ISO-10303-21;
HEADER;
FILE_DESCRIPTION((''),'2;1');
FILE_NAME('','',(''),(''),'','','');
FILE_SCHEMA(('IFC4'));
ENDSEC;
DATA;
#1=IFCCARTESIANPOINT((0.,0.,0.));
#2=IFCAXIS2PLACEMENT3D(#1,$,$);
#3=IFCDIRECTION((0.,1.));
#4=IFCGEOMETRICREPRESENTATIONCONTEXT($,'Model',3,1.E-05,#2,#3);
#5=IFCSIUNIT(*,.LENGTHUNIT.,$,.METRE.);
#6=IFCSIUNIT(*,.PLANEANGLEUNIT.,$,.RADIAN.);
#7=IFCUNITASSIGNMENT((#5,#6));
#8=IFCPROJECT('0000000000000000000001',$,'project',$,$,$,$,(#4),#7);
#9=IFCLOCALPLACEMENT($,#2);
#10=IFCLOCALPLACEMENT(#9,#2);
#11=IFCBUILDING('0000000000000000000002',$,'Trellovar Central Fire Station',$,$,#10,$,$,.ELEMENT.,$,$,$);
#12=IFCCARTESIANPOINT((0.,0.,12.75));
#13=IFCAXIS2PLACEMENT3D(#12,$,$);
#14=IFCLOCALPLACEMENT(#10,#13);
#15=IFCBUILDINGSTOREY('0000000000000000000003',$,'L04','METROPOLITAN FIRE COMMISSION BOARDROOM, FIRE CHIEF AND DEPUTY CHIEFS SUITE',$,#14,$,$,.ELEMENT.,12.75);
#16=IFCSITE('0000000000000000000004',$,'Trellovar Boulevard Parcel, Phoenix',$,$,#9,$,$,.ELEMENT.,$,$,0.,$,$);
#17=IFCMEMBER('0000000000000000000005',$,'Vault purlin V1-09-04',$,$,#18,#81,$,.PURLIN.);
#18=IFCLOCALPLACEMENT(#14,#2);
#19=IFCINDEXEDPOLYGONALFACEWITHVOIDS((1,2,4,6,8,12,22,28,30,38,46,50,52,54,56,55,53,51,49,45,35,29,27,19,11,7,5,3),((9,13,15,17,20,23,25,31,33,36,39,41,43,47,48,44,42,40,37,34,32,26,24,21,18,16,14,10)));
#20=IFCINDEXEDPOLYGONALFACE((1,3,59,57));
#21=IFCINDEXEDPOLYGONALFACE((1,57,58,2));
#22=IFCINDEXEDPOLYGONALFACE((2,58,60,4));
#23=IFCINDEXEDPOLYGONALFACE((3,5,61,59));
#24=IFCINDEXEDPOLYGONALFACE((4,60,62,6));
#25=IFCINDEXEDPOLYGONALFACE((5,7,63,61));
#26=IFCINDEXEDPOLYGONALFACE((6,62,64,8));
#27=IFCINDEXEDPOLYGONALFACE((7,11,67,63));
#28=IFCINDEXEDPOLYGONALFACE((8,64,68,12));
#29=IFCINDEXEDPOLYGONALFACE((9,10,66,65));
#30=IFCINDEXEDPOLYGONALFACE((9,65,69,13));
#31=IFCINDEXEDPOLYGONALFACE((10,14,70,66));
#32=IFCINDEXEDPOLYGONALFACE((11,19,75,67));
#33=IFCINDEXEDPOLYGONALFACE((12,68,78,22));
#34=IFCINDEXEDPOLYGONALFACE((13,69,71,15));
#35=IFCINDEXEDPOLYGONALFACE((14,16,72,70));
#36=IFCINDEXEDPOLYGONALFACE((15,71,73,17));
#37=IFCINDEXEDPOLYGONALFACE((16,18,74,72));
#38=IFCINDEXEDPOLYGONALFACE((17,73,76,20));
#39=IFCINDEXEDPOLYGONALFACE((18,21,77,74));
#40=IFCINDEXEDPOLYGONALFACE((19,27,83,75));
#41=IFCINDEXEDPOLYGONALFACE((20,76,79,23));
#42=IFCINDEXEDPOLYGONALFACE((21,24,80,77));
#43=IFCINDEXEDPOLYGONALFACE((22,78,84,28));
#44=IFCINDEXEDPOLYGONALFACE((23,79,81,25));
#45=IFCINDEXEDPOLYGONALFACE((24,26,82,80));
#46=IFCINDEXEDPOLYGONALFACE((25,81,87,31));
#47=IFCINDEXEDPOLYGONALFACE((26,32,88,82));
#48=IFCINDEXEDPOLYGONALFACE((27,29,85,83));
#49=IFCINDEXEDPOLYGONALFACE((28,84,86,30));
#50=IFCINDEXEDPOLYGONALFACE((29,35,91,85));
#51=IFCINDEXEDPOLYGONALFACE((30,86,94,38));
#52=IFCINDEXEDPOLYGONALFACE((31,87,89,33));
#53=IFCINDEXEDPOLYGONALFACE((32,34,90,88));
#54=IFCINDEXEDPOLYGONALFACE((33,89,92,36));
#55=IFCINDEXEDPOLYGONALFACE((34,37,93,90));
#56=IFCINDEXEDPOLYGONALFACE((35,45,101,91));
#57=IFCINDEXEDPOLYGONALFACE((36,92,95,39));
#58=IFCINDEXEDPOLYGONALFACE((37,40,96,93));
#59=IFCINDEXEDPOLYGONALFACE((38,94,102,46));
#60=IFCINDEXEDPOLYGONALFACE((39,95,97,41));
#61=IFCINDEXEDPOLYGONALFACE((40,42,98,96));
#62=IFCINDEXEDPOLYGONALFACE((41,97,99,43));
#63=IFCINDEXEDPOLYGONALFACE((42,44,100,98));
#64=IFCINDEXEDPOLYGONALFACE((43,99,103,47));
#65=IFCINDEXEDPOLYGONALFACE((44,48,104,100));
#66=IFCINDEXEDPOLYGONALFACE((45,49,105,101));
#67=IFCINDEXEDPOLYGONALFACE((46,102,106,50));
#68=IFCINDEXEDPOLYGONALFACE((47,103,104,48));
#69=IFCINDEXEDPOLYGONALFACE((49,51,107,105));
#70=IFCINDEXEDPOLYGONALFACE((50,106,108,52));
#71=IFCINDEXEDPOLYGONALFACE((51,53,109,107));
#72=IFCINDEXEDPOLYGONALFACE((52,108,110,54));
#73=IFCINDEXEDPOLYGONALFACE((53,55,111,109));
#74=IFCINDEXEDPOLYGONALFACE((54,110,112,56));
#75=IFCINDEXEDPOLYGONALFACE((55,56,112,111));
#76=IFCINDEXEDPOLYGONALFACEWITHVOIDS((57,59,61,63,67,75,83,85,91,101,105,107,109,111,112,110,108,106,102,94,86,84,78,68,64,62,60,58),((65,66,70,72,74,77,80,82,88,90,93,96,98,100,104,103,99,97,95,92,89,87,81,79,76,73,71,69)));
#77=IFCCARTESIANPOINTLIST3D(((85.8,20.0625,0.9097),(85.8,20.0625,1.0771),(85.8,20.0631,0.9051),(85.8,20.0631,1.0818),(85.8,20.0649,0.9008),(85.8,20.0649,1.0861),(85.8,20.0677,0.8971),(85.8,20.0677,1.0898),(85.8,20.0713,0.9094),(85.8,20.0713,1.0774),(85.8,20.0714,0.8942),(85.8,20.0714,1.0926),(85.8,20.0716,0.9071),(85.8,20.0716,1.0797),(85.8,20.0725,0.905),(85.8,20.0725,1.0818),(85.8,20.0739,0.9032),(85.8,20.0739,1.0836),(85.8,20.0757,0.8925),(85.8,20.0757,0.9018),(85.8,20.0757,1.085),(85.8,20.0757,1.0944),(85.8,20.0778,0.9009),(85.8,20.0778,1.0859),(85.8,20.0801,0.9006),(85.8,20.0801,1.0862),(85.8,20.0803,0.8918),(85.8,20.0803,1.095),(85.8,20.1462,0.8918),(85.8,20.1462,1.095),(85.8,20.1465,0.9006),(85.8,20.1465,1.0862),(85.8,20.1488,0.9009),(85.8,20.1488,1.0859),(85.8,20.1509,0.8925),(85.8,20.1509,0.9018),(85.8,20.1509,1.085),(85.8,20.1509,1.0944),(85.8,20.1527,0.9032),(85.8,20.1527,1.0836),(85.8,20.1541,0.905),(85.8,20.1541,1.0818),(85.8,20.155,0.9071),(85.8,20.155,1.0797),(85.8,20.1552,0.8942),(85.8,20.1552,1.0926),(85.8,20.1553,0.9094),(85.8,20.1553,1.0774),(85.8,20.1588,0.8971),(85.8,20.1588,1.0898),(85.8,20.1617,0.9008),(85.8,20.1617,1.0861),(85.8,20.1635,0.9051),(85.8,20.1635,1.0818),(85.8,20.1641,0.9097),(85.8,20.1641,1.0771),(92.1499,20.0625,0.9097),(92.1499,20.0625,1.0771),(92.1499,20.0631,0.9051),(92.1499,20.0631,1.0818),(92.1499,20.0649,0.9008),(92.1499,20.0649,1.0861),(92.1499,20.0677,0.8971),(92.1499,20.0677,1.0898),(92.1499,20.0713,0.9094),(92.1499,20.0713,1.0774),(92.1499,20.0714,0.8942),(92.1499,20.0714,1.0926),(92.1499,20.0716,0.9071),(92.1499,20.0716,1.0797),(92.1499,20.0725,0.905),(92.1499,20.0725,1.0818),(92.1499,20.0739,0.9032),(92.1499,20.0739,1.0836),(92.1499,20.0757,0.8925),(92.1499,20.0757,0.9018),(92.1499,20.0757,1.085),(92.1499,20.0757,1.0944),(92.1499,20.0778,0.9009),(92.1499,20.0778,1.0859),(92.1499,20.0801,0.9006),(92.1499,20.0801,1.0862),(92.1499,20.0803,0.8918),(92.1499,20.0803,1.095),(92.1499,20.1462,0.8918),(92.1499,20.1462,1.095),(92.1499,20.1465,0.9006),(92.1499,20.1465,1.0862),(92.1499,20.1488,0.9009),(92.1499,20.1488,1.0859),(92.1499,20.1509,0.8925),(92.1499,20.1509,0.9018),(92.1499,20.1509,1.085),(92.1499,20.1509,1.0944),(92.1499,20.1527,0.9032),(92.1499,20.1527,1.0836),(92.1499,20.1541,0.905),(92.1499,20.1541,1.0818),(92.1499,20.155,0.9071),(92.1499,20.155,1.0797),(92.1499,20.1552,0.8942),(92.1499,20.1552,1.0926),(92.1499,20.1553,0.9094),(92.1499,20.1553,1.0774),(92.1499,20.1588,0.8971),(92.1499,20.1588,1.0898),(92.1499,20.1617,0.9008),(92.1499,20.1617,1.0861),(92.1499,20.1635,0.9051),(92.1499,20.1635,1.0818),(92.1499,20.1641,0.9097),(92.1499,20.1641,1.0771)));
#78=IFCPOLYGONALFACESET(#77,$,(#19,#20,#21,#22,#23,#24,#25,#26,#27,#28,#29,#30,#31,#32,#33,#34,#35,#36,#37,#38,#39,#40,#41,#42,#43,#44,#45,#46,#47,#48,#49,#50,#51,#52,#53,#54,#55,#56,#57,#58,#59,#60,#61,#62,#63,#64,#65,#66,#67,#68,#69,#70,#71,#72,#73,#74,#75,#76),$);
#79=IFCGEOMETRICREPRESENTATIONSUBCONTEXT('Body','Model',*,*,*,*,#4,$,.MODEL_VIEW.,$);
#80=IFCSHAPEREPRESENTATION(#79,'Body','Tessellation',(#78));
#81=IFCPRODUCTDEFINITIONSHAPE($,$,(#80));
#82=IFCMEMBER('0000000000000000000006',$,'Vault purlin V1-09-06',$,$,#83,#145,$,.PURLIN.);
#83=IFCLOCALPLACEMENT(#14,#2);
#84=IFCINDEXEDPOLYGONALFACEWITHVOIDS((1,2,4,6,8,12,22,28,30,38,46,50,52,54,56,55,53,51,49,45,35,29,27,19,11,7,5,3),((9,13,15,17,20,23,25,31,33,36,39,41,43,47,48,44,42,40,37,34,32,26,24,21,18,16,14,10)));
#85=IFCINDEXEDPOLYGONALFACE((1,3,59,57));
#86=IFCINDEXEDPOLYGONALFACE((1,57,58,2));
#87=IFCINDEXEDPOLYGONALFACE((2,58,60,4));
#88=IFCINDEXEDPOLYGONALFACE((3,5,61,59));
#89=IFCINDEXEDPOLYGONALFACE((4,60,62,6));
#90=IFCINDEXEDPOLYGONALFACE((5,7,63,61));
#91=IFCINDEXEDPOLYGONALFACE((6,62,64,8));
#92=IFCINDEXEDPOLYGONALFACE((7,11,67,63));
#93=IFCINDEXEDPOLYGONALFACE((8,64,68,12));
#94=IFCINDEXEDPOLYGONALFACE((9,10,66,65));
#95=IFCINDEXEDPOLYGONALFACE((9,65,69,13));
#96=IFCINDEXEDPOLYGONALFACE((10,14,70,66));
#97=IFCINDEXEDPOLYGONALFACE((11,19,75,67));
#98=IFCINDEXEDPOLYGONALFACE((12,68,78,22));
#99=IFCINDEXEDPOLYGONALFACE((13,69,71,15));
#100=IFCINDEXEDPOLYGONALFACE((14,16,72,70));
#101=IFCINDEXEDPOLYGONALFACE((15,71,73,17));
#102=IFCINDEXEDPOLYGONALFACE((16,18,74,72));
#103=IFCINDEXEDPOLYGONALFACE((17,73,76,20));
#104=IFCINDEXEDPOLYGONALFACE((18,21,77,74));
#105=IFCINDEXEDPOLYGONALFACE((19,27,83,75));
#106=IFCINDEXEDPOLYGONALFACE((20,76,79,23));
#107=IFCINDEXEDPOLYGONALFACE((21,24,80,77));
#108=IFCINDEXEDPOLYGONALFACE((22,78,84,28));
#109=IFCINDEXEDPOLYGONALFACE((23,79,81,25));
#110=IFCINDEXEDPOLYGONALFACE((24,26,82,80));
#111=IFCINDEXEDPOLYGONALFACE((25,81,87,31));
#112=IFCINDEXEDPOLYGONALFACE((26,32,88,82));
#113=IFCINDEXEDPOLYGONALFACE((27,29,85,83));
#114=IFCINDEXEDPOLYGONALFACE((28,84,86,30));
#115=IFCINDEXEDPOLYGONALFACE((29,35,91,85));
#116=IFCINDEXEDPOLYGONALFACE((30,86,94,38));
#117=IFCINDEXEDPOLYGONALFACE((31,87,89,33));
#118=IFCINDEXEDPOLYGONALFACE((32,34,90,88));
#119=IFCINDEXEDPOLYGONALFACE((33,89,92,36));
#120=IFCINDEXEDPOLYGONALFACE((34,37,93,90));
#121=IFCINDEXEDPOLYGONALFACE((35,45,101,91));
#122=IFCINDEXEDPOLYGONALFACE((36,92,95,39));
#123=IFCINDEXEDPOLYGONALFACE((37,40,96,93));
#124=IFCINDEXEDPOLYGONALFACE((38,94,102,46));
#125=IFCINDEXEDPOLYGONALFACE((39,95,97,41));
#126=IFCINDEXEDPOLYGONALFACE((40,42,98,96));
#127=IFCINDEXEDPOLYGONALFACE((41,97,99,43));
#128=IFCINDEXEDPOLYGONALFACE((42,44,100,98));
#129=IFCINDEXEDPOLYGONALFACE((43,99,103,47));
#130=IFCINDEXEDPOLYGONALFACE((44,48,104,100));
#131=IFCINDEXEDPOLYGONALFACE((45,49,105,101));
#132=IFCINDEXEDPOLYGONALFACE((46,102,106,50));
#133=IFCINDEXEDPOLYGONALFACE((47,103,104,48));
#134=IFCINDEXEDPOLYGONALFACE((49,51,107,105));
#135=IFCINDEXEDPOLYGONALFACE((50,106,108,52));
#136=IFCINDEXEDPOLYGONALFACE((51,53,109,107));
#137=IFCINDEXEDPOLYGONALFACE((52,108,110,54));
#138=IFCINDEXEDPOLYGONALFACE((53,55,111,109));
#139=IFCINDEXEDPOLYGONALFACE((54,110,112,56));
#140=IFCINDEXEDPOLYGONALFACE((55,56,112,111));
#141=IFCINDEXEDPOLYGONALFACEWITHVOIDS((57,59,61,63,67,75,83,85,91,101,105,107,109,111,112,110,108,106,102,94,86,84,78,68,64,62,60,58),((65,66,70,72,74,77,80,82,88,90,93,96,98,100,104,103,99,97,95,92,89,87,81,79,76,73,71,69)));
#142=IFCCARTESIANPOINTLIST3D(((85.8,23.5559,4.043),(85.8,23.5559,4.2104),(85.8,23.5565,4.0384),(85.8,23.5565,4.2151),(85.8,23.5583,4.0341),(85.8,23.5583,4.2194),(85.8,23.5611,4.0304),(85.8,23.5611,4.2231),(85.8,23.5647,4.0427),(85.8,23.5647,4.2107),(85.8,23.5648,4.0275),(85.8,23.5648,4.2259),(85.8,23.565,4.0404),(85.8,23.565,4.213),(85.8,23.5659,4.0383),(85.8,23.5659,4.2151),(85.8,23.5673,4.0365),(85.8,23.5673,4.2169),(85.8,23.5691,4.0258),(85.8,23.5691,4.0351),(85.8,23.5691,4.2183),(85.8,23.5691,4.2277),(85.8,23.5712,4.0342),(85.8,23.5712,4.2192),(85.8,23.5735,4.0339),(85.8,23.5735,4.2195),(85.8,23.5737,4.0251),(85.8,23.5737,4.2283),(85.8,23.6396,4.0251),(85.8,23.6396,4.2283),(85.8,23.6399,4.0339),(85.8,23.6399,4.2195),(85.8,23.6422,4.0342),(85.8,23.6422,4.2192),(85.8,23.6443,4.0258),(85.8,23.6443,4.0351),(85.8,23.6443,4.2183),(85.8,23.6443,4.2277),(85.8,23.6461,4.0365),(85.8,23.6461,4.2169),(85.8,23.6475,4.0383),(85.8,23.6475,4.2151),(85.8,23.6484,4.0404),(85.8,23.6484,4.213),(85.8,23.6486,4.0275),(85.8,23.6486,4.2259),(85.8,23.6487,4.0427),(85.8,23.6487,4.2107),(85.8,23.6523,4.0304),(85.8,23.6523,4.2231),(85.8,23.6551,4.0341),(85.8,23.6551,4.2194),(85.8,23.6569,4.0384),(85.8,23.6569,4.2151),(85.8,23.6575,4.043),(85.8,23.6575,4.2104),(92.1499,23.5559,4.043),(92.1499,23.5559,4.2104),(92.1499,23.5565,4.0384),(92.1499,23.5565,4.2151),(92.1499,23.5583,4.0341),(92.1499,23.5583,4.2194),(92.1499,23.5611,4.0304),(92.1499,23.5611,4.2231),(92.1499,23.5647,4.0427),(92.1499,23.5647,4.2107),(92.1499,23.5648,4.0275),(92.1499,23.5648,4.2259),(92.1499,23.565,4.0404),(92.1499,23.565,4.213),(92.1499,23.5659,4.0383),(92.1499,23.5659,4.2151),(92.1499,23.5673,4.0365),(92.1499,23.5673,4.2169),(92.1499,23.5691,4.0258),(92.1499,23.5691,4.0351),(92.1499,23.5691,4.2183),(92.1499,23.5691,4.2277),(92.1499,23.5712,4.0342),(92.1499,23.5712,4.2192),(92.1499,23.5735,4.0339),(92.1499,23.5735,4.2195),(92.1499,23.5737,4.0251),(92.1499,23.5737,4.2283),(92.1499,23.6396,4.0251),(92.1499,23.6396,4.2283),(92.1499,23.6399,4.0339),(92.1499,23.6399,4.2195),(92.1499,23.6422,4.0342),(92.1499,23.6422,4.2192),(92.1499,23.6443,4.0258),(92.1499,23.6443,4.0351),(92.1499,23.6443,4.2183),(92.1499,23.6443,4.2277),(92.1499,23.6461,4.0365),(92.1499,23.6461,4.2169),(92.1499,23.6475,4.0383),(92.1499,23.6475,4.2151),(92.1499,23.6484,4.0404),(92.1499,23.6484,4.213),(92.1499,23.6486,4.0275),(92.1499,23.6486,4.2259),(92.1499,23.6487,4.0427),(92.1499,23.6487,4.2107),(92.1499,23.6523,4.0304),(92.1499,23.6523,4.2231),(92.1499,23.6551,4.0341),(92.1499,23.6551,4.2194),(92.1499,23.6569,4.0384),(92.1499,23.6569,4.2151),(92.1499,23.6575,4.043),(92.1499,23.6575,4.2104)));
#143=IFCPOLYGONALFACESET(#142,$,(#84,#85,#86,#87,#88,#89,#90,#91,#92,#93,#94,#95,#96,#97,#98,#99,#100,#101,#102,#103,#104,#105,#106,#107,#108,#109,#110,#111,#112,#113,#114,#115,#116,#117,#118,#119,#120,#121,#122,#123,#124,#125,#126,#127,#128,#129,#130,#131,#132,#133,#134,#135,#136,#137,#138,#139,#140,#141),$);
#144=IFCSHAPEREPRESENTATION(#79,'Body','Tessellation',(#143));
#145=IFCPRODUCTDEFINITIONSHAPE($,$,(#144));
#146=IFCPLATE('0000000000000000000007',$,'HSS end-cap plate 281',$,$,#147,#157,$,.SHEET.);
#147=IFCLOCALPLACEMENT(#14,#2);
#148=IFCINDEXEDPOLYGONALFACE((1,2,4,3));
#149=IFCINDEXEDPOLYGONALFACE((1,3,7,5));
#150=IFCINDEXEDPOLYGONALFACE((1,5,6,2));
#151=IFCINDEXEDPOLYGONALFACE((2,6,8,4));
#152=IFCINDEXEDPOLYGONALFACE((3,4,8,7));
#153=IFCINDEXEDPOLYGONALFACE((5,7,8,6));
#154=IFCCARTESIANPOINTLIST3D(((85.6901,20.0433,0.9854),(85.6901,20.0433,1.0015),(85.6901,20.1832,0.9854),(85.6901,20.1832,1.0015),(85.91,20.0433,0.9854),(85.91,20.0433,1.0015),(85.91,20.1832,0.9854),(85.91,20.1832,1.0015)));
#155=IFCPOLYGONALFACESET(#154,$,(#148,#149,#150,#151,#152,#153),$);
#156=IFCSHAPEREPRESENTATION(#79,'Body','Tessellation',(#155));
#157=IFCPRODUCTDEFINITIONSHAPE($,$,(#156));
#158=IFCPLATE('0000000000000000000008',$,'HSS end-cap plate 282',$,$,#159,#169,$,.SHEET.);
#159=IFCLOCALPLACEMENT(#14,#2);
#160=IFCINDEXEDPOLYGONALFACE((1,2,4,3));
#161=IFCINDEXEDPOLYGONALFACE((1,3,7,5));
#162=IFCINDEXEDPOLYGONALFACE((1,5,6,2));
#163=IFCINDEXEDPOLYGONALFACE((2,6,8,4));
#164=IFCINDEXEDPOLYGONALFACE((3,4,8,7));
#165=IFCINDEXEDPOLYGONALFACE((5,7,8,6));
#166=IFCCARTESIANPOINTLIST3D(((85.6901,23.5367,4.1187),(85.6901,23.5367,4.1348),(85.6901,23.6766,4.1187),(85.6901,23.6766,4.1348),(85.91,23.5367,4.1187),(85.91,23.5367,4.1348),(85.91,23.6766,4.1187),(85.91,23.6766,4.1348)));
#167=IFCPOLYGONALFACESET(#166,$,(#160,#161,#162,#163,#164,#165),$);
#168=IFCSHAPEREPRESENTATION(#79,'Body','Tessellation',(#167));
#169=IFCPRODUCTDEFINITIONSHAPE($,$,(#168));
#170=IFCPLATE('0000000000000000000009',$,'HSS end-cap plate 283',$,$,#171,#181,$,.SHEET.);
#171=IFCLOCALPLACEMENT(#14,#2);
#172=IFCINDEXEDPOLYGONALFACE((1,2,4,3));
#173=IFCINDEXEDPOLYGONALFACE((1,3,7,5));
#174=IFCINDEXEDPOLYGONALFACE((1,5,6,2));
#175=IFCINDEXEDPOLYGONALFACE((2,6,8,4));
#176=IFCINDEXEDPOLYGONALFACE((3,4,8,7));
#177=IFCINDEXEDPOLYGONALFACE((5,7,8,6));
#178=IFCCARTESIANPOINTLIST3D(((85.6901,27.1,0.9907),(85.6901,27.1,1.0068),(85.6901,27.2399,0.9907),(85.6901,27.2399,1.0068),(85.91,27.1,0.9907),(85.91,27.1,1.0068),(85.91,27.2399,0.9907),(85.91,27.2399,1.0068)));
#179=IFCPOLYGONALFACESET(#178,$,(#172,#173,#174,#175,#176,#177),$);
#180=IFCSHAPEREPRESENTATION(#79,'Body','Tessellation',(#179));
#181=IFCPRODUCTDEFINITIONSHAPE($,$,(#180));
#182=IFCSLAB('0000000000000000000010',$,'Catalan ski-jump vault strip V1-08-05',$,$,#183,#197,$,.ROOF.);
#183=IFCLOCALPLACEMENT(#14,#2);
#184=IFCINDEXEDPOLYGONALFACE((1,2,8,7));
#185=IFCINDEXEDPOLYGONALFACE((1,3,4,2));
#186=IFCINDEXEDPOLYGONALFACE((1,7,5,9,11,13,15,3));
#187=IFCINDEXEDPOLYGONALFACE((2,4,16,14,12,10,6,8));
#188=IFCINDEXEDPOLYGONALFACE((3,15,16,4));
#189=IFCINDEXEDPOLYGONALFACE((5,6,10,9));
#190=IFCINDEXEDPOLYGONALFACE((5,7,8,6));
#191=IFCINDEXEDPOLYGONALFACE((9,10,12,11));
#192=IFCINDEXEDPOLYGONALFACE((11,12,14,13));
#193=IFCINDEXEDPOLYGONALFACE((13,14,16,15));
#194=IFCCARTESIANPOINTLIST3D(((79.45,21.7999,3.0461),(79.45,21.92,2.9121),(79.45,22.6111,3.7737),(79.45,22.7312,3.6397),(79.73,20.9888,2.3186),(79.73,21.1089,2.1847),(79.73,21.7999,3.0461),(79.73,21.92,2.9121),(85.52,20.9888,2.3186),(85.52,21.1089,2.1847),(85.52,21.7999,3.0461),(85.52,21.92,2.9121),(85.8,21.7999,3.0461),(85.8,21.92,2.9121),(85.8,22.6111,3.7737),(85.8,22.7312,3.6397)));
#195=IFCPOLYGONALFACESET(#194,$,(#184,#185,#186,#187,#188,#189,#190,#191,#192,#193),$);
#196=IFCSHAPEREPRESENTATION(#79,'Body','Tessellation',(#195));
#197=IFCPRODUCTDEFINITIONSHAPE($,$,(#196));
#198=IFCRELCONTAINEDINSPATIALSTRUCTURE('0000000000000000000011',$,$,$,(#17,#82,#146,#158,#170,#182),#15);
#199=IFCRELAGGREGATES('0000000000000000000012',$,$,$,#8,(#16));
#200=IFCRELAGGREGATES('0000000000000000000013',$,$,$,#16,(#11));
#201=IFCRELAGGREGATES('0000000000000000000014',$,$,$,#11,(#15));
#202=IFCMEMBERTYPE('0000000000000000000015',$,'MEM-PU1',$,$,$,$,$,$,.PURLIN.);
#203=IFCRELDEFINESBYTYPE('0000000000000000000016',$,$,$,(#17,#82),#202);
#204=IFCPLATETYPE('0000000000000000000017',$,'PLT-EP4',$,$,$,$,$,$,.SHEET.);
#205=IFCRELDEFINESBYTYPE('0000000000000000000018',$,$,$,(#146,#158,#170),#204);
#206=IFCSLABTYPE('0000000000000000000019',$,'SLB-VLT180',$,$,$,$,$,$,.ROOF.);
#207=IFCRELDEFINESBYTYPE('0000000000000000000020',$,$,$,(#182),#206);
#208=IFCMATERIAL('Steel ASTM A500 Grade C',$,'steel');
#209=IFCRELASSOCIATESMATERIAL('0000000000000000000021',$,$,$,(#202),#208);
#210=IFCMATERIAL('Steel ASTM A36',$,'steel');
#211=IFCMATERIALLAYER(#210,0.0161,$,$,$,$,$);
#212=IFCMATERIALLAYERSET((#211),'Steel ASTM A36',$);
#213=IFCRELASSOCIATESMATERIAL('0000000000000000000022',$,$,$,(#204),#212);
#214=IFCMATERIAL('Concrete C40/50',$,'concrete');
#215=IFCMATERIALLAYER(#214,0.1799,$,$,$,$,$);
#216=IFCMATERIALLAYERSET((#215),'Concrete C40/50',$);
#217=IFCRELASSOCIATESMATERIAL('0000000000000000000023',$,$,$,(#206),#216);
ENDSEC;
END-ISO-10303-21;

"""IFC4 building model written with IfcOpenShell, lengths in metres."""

from ifc_helpers import new_model, si_unit, direction, frame, origin, origin_2d, place, context, subcontext, project, spatial, polyline, rectangle, hollow_rectangle, outline, extrude, material, layer, layer_set, material_profile, profile_set, type_object, element, save


model = new_model("IFC4")

# Units and contexts
model_context = context("Model", 3, precision=1e-05, world=origin(), true_north=direction((0.0, 1.0)))
body_context = subcontext(model_context, "Body", "Model", "MODEL_VIEW")
ifc_project = project(units=[si_unit("LENGTHUNIT", "METRE"), si_unit("PLANEANGLEUNIT", "RADIAN")], contexts=[model_context])

# Site, building, storey
site_placement = place(None, origin())
site = spatial("IfcSite", under=ifc_project, at=site_placement, Name="Trellovar Boulevard Parcel, Phoenix", CompositionType="ELEMENT", RefElevation=0.0)
building_placement = place(site_placement, origin())
building = spatial("IfcBuilding", under=site, at=building_placement, Name="Trellovar Central Fire Station", CompositionType="ELEMENT")
storey_placement = place(building_placement, frame((0.0, 0.0, 12.75)))
storey = spatial("IfcBuildingStorey", under=building, at=storey_placement, Name="L04", Description="METROPOLITAN FIRE COMMISSION BOARDROOM, FIRE CHIEF AND DEPUTY CHIEFS SUITE", CompositionType="ELEMENT", Elevation=12.75)

# Members
ifc_material_1 = material(Name="Steel ASTM A500 Grade C", Category="steel")
ifc_material_profile_1 = material_profile(ifc_material_1, hollow_rectangle(XDim=0.1016, YDim=0.2031, WallThickness=0.0088, InnerFilletRadius=0.0088, OuterFilletRadius=0.0178, at=origin_2d()), Name="HSS8X4X3/8")
ifc_profile_set_1 = profile_set([ifc_material_profile_1], Name="Steel ASTM A500 Grade C")
member_type_1 = type_object("IfcMemberType", Name="MEM-PU1", PredefinedType="PURLIN", material=ifc_profile_set_1)
for number, where, z_axis, x_axis, name in (
    (1, (85.8, 20.1133, 0.9934), (1.0, 0.0, 0.0), (0.0, 1.0, 0.0), "Vault purlin V1-09-04"),
    (2, (85.8, 23.6067, 4.1267), (1.0, 0.0, 0.0), (0.0, 1.0, 0.0), "Vault purlin V1-09-06"),
):
    element("IfcMember", number, at=place(storey_placement, frame(where, z_axis=z_axis, x_axis=x_axis)), inside=storey, type_object=member_type_1, Name=name, PredefinedType="PURLIN", context=body_context, shape_type="SweptSolid", body=[
        extrude(hollow_rectangle(XDim=0.1016, YDim=0.2031, WallThickness=0.0088, InnerFilletRadius=0.0088, OuterFilletRadius=0.0178, at=origin_2d()), origin(), (0.0, 0.0, 1.0), 6.3499),
    ])

# Plates
ifc_material_2 = material(Name="Steel ASTM A36", Category="steel")
ifc_layer_1 = layer(ifc_material_2, 0.0161)
ifc_layer_set_1 = layer_set([ifc_layer_1], Name="Steel ASTM A36")
plate_type = type_object("IfcPlateType", Name="PLT-EP4", PredefinedType="SHEET", material=ifc_layer_set_1)
for number, where, z_axis, x_axis, name in (
    (3, (85.8, 20.1133, 0.9854), (0.0, 0.0, 1.0), (1.0, 0.0, 0.0), "HSS end-cap plate 281"),
    (4, (85.8, 23.6067, 4.1187), (0.0, 0.0, 1.0), (1.0, 0.0, 0.0), "HSS end-cap plate 282"),
    (5, (85.8, 27.1699, 0.9907), (0.0, 0.0, 1.0), (1.0, 0.0, 0.0), "HSS end-cap plate 283"),
):
    element("IfcPlate", number, at=place(storey_placement, frame(where, z_axis=z_axis, x_axis=x_axis)), inside=storey, type_object=plate_type, Name=name, PredefinedType="SHEET", context=body_context, shape_type="SweptSolid", body=[
        extrude(rectangle(XDim=0.22, YDim=0.1399, at=origin_2d()), origin(), (0.0, 0.0, 1.0), 0.0161),
    ])

# Slab
ifc_material_3 = material(Name="Concrete C40/50", Category="concrete")
ifc_layer_2 = layer(ifc_material_3, 0.1799)
ifc_layer_set_2 = layer_set([ifc_layer_2], Name="Concrete C40/50")
slab_type = type_object("IfcSlabType", Name="SLB-VLT180", PredefinedType="ROOF", material=ifc_layer_set_2)
slab_1_placement = place(storey_placement, frame((79.73, 20.9888, 2.3186), z_axis=(0.0, -0.667692, 0.744437), x_axis=(1.0, 0.0, 0.0)))
element("IfcSlab", 6, at=slab_1_placement, inside=storey, type_object=slab_type, Name="Catalan ski-jump vault strip V1-08-05", PredefinedType="ROOF", context=body_context, shape_type="SweptSolid", body=[
    extrude(outline(polyline([(0.0, 0.0), (5.79, 0.0), (5.79, 1.0895), (6.0701, 1.0895), (6.0701, 2.1793), (-0.28, 2.1793), (-0.28, 1.0895), (0.0, 1.0895), (0.0, 0.0)])), origin(), (0.0, 0.0, -1.0), 0.1799),
])

save(model, "model.ifc")
